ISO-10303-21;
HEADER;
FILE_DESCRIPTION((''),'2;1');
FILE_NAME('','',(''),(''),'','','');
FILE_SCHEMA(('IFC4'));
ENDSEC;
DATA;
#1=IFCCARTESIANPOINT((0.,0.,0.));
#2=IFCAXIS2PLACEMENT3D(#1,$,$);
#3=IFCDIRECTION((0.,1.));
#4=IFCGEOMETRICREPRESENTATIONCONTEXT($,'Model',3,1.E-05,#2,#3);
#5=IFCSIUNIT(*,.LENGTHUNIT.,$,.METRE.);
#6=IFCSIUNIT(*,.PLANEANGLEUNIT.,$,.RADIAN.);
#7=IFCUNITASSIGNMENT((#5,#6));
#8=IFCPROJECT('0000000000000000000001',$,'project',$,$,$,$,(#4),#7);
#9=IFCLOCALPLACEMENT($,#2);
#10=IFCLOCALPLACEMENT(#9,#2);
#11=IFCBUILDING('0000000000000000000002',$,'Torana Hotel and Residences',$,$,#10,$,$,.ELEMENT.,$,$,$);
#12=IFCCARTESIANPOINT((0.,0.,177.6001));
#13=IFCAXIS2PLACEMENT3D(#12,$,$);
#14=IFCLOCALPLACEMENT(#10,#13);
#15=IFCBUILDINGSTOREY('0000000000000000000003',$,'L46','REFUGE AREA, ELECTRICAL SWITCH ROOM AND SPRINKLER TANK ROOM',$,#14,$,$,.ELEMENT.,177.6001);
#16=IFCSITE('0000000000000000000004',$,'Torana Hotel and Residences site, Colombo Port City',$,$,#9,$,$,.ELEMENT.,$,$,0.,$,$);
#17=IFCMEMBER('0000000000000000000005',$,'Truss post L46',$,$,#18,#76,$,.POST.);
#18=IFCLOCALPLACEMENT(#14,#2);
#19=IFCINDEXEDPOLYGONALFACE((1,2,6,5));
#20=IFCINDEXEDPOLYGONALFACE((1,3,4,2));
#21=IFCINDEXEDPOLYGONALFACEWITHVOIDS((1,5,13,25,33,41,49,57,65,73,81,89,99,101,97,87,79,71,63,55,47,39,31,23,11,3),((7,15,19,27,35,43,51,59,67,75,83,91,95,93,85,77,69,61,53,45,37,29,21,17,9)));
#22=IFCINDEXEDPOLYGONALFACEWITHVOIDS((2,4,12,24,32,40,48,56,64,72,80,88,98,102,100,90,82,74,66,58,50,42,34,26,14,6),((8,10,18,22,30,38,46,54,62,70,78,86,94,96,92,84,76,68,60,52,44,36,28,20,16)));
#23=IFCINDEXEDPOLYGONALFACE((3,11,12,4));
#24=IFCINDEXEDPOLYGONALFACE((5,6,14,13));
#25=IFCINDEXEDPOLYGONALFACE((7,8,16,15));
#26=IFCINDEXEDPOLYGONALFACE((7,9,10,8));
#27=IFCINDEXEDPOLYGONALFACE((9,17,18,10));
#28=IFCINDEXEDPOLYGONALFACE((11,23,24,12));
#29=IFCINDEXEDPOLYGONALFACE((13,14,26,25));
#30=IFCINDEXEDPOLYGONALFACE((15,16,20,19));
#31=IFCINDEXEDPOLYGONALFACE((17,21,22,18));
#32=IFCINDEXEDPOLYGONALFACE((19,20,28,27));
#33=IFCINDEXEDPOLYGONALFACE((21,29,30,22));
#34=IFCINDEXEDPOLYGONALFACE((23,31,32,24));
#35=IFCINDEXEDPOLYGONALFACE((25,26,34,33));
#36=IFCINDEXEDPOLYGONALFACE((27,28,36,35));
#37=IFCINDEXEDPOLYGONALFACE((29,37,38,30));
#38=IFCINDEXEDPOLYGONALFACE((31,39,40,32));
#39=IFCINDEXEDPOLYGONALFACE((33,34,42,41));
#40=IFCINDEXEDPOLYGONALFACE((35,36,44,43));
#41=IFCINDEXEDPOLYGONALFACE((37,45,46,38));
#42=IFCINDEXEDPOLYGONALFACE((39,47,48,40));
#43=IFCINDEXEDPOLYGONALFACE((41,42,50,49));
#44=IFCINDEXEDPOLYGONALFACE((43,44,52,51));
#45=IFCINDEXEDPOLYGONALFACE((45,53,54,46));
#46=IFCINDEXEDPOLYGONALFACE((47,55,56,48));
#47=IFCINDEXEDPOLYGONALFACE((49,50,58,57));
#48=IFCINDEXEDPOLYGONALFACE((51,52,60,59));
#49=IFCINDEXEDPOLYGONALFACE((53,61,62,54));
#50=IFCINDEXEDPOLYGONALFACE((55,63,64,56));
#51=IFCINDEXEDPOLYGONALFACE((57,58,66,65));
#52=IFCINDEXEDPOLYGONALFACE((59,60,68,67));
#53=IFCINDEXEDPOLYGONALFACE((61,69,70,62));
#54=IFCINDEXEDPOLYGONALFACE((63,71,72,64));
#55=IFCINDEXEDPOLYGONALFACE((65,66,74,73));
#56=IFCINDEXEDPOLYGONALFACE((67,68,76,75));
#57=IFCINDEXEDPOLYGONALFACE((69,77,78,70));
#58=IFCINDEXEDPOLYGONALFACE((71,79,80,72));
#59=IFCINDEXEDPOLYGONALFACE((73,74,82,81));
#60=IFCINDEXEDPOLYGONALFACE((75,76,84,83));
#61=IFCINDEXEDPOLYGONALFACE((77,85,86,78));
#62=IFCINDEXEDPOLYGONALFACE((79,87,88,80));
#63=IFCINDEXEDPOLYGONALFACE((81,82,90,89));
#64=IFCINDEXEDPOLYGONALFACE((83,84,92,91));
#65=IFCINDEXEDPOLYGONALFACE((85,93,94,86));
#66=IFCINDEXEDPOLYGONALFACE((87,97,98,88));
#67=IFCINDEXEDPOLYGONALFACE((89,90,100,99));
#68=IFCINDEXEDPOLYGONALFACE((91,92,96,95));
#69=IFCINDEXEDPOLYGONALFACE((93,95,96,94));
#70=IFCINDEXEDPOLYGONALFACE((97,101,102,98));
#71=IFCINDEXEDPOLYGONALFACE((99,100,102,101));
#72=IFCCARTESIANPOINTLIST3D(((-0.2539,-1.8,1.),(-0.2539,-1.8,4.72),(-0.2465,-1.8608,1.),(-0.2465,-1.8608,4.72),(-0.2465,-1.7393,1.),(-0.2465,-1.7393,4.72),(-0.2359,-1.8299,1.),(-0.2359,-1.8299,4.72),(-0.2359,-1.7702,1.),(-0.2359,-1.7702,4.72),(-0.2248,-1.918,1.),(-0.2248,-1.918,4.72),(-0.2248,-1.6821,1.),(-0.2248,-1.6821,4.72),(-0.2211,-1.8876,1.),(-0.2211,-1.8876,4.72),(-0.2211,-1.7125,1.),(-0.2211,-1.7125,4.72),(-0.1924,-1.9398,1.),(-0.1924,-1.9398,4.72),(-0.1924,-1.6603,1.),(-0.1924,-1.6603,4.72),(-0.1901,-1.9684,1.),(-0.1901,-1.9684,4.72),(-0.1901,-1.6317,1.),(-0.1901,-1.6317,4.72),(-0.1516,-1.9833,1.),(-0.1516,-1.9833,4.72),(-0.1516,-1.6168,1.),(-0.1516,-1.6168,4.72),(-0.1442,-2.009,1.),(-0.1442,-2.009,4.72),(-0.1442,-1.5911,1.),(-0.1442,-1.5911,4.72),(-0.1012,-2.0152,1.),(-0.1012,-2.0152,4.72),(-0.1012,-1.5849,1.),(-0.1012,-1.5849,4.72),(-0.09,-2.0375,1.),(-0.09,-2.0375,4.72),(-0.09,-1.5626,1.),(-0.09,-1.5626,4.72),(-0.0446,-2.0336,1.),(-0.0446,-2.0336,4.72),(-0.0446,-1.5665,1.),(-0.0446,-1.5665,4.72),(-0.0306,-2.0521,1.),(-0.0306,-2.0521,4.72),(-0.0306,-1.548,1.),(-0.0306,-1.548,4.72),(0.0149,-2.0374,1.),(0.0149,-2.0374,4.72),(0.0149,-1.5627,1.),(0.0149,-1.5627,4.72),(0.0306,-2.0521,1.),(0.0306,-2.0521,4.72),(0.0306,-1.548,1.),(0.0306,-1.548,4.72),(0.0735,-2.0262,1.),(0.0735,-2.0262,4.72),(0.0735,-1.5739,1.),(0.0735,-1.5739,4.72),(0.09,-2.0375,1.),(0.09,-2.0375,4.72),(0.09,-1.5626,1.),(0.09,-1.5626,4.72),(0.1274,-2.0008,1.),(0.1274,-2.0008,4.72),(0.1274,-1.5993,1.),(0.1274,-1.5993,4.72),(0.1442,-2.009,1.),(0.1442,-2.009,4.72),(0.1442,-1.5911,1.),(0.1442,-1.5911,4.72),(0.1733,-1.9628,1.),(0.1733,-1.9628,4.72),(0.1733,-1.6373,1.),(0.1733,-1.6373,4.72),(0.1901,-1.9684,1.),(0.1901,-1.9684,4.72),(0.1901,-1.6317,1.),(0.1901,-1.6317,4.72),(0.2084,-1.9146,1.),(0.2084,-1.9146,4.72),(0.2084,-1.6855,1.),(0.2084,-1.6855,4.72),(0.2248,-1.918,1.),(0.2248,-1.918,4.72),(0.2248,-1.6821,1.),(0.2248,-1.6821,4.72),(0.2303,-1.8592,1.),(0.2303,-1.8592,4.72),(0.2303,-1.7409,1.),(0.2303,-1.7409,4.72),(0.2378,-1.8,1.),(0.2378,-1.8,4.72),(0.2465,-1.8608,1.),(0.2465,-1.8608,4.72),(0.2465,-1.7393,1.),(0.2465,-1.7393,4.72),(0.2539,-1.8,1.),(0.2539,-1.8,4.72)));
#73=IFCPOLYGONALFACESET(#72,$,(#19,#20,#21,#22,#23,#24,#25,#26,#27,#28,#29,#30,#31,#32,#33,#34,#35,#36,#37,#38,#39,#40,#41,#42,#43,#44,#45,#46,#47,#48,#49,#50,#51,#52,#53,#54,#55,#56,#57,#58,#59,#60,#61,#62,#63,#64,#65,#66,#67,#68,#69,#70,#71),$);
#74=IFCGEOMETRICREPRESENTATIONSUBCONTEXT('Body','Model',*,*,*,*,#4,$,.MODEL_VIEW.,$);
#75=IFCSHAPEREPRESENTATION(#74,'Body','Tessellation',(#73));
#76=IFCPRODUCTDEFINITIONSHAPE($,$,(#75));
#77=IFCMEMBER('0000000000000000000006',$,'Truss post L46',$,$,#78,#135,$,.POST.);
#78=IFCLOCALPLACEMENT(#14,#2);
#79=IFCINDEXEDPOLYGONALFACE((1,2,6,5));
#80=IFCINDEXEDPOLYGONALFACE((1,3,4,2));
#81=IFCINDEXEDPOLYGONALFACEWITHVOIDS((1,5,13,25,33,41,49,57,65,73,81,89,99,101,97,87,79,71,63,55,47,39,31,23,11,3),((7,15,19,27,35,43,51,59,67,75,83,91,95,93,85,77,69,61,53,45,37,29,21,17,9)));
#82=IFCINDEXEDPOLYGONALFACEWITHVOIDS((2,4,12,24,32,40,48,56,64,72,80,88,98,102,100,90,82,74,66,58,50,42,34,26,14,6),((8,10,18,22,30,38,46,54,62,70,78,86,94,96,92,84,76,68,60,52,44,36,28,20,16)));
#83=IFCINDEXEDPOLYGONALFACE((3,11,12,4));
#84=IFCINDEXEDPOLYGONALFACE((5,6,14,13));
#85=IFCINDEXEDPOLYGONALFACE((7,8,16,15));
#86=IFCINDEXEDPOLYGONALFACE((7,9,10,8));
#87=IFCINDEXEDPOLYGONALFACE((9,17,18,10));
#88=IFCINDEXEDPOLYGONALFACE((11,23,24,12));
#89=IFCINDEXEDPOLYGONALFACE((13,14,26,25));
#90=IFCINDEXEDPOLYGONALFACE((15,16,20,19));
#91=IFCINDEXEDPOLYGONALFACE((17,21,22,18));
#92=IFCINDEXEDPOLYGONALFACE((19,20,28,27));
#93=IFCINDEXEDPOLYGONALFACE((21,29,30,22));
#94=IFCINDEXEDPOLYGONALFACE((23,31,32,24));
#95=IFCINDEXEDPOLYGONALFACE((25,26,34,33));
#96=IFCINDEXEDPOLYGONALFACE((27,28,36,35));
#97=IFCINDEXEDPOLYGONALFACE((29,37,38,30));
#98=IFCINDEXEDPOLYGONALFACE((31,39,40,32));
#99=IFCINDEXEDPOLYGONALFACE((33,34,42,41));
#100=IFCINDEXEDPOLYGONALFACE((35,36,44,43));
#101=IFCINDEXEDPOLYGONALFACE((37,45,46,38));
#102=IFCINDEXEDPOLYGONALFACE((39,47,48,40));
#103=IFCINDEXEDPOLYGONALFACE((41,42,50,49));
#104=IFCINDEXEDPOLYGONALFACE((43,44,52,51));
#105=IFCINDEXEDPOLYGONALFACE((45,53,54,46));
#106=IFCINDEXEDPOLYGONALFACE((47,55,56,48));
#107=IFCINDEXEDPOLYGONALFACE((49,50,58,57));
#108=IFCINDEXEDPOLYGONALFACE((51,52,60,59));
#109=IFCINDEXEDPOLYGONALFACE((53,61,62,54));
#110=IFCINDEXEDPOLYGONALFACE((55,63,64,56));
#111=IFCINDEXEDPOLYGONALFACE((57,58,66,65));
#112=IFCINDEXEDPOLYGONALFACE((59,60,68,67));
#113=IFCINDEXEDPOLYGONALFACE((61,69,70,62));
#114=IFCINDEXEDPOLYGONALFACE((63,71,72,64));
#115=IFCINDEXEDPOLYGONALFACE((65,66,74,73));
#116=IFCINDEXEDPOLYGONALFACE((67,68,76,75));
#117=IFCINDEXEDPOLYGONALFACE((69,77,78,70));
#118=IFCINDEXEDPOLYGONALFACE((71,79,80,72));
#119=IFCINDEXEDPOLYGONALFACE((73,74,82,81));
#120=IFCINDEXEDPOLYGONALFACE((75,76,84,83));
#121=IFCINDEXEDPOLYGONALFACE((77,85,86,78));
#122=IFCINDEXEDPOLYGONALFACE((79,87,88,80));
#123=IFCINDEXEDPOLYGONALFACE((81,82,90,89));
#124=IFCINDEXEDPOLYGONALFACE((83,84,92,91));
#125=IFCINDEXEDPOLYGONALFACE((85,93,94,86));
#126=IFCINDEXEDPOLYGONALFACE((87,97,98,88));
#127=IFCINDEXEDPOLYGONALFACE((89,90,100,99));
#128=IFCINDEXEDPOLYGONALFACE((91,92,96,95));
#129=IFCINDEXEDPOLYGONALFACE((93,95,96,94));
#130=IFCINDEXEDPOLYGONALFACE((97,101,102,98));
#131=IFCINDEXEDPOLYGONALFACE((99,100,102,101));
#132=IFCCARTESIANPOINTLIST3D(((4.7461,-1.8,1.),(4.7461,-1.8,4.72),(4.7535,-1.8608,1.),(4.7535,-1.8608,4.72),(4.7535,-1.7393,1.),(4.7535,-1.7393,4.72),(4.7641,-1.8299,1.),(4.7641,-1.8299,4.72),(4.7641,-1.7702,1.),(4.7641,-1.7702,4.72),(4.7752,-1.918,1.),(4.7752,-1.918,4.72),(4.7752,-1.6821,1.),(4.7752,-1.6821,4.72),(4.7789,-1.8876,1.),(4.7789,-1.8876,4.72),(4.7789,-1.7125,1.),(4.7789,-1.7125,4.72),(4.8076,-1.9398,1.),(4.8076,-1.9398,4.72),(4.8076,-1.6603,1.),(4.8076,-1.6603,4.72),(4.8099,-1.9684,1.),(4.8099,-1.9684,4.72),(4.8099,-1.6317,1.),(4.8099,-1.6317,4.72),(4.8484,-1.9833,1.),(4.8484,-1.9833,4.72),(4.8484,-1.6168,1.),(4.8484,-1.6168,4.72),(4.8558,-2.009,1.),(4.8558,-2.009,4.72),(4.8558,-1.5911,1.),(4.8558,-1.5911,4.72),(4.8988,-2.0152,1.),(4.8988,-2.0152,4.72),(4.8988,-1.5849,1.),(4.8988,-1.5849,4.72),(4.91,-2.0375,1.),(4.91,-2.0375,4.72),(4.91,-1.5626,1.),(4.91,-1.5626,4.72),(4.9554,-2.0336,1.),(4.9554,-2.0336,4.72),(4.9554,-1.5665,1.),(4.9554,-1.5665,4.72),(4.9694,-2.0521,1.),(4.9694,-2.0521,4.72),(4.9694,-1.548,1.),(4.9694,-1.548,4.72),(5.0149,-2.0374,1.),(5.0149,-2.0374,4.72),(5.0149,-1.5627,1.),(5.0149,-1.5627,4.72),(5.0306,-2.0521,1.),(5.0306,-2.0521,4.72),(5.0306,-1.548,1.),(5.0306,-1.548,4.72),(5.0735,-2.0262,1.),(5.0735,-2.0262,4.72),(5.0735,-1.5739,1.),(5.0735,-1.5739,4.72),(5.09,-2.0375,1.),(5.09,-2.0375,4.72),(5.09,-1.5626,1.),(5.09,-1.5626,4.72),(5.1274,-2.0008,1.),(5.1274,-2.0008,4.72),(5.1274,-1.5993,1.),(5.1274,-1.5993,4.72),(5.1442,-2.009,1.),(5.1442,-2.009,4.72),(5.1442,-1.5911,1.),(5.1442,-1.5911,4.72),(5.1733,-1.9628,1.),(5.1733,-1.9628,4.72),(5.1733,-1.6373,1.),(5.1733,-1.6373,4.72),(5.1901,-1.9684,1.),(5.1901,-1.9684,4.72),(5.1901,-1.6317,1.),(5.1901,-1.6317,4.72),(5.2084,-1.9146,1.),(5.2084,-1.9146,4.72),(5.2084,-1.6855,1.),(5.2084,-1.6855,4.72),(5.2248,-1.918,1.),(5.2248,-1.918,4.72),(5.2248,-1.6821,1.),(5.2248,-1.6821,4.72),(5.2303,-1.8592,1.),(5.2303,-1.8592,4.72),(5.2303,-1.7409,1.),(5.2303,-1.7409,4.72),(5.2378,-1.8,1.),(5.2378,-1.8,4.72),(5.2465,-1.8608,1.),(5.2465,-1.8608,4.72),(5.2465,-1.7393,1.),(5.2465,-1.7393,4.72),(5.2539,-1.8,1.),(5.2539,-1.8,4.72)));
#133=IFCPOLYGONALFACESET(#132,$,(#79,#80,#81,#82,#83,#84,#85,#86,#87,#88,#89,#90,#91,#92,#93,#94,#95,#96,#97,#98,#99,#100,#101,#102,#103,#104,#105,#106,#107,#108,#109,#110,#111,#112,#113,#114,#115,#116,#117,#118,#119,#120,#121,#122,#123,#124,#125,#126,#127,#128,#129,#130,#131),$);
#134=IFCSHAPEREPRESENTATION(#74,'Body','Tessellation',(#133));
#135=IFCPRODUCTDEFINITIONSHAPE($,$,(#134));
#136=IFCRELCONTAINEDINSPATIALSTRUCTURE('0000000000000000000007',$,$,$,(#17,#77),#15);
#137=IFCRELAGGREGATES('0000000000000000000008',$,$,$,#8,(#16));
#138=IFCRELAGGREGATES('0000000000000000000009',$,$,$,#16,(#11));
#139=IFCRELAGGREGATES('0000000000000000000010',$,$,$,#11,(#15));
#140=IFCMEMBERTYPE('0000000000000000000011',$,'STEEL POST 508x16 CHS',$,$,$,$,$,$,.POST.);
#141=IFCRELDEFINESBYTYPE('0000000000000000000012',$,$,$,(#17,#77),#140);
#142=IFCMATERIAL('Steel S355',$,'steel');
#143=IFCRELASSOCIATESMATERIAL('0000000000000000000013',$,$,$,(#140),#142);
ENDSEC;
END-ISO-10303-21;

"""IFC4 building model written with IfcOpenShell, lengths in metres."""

from ifc_helpers import new_model, si_unit, direction, frame, origin, origin_2d, place, context, subcontext, project, spatial, hollow_circle, extrude, material, material_profile, profile_set, type_object, element, save


model = new_model("IFC4")

# Units and contexts
model_context = context("Model", 3, precision=1e-05, world=origin(), true_north=direction((0.0, 1.0)))
body_context = subcontext(model_context, "Body", "Model", "MODEL_VIEW")
ifc_project = project(units=[si_unit("LENGTHUNIT", "METRE"), si_unit("PLANEANGLEUNIT", "RADIAN")], contexts=[model_context])

# Site, building, storey
site_placement = place(None, origin())
site = spatial("IfcSite", under=ifc_project, at=site_placement, Name="Torana Hotel and Residences site, Colombo Port City", CompositionType="ELEMENT", RefElevation=0.0)
building_placement = place(site_placement, origin())
building = spatial("IfcBuilding", under=site, at=building_placement, Name="Torana Hotel and Residences", CompositionType="ELEMENT")
storey_placement = place(building_placement, frame((0.0, 0.0, 177.6001)))
storey = spatial("IfcBuildingStorey", under=building, at=storey_placement, Name="L46", Description="REFUGE AREA, ELECTRICAL SWITCH ROOM AND SPRINKLER TANK ROOM", CompositionType="ELEMENT", Elevation=177.6001)

# Members
ifc_material_1 = material(Name="Steel S355", Category="steel")
ifc_material_profile_1 = material_profile(ifc_material_1, hollow_circle(Radius=0.2539, WallThickness=0.0161, at=origin_2d()), Name="508x16 CHS")
ifc_profile_set_1 = profile_set([ifc_material_profile_1], Name="Steel S355")
member_type_1 = type_object("IfcMemberType", Name="STEEL POST 508x16 CHS", PredefinedType="POST", material=ifc_profile_set_1)
for number, where, z_axis, x_axis, name in (
    (1, (0.0, -1.8, 1.0), (0.0, 0.0, 1.0), (1.0, 0.0, 0.0), "Truss post L46"),
    (2, (5.0, -1.8, 1.0), (0.0, 0.0, 1.0), (1.0, 0.0, 0.0), "Truss post L46"),
):
    element("IfcMember", number, at=place(storey_placement, frame(where, z_axis=z_axis, x_axis=x_axis)), inside=storey, type_object=member_type_1, Name=name, PredefinedType="POST", context=body_context, shape_type="SweptSolid", body=[
        extrude(hollow_circle(Radius=0.2539, WallThickness=0.0161, at=origin_2d()), origin(), (0.0, 0.0, 1.0), 3.72),
    ])

save(model, "model.ifc")
